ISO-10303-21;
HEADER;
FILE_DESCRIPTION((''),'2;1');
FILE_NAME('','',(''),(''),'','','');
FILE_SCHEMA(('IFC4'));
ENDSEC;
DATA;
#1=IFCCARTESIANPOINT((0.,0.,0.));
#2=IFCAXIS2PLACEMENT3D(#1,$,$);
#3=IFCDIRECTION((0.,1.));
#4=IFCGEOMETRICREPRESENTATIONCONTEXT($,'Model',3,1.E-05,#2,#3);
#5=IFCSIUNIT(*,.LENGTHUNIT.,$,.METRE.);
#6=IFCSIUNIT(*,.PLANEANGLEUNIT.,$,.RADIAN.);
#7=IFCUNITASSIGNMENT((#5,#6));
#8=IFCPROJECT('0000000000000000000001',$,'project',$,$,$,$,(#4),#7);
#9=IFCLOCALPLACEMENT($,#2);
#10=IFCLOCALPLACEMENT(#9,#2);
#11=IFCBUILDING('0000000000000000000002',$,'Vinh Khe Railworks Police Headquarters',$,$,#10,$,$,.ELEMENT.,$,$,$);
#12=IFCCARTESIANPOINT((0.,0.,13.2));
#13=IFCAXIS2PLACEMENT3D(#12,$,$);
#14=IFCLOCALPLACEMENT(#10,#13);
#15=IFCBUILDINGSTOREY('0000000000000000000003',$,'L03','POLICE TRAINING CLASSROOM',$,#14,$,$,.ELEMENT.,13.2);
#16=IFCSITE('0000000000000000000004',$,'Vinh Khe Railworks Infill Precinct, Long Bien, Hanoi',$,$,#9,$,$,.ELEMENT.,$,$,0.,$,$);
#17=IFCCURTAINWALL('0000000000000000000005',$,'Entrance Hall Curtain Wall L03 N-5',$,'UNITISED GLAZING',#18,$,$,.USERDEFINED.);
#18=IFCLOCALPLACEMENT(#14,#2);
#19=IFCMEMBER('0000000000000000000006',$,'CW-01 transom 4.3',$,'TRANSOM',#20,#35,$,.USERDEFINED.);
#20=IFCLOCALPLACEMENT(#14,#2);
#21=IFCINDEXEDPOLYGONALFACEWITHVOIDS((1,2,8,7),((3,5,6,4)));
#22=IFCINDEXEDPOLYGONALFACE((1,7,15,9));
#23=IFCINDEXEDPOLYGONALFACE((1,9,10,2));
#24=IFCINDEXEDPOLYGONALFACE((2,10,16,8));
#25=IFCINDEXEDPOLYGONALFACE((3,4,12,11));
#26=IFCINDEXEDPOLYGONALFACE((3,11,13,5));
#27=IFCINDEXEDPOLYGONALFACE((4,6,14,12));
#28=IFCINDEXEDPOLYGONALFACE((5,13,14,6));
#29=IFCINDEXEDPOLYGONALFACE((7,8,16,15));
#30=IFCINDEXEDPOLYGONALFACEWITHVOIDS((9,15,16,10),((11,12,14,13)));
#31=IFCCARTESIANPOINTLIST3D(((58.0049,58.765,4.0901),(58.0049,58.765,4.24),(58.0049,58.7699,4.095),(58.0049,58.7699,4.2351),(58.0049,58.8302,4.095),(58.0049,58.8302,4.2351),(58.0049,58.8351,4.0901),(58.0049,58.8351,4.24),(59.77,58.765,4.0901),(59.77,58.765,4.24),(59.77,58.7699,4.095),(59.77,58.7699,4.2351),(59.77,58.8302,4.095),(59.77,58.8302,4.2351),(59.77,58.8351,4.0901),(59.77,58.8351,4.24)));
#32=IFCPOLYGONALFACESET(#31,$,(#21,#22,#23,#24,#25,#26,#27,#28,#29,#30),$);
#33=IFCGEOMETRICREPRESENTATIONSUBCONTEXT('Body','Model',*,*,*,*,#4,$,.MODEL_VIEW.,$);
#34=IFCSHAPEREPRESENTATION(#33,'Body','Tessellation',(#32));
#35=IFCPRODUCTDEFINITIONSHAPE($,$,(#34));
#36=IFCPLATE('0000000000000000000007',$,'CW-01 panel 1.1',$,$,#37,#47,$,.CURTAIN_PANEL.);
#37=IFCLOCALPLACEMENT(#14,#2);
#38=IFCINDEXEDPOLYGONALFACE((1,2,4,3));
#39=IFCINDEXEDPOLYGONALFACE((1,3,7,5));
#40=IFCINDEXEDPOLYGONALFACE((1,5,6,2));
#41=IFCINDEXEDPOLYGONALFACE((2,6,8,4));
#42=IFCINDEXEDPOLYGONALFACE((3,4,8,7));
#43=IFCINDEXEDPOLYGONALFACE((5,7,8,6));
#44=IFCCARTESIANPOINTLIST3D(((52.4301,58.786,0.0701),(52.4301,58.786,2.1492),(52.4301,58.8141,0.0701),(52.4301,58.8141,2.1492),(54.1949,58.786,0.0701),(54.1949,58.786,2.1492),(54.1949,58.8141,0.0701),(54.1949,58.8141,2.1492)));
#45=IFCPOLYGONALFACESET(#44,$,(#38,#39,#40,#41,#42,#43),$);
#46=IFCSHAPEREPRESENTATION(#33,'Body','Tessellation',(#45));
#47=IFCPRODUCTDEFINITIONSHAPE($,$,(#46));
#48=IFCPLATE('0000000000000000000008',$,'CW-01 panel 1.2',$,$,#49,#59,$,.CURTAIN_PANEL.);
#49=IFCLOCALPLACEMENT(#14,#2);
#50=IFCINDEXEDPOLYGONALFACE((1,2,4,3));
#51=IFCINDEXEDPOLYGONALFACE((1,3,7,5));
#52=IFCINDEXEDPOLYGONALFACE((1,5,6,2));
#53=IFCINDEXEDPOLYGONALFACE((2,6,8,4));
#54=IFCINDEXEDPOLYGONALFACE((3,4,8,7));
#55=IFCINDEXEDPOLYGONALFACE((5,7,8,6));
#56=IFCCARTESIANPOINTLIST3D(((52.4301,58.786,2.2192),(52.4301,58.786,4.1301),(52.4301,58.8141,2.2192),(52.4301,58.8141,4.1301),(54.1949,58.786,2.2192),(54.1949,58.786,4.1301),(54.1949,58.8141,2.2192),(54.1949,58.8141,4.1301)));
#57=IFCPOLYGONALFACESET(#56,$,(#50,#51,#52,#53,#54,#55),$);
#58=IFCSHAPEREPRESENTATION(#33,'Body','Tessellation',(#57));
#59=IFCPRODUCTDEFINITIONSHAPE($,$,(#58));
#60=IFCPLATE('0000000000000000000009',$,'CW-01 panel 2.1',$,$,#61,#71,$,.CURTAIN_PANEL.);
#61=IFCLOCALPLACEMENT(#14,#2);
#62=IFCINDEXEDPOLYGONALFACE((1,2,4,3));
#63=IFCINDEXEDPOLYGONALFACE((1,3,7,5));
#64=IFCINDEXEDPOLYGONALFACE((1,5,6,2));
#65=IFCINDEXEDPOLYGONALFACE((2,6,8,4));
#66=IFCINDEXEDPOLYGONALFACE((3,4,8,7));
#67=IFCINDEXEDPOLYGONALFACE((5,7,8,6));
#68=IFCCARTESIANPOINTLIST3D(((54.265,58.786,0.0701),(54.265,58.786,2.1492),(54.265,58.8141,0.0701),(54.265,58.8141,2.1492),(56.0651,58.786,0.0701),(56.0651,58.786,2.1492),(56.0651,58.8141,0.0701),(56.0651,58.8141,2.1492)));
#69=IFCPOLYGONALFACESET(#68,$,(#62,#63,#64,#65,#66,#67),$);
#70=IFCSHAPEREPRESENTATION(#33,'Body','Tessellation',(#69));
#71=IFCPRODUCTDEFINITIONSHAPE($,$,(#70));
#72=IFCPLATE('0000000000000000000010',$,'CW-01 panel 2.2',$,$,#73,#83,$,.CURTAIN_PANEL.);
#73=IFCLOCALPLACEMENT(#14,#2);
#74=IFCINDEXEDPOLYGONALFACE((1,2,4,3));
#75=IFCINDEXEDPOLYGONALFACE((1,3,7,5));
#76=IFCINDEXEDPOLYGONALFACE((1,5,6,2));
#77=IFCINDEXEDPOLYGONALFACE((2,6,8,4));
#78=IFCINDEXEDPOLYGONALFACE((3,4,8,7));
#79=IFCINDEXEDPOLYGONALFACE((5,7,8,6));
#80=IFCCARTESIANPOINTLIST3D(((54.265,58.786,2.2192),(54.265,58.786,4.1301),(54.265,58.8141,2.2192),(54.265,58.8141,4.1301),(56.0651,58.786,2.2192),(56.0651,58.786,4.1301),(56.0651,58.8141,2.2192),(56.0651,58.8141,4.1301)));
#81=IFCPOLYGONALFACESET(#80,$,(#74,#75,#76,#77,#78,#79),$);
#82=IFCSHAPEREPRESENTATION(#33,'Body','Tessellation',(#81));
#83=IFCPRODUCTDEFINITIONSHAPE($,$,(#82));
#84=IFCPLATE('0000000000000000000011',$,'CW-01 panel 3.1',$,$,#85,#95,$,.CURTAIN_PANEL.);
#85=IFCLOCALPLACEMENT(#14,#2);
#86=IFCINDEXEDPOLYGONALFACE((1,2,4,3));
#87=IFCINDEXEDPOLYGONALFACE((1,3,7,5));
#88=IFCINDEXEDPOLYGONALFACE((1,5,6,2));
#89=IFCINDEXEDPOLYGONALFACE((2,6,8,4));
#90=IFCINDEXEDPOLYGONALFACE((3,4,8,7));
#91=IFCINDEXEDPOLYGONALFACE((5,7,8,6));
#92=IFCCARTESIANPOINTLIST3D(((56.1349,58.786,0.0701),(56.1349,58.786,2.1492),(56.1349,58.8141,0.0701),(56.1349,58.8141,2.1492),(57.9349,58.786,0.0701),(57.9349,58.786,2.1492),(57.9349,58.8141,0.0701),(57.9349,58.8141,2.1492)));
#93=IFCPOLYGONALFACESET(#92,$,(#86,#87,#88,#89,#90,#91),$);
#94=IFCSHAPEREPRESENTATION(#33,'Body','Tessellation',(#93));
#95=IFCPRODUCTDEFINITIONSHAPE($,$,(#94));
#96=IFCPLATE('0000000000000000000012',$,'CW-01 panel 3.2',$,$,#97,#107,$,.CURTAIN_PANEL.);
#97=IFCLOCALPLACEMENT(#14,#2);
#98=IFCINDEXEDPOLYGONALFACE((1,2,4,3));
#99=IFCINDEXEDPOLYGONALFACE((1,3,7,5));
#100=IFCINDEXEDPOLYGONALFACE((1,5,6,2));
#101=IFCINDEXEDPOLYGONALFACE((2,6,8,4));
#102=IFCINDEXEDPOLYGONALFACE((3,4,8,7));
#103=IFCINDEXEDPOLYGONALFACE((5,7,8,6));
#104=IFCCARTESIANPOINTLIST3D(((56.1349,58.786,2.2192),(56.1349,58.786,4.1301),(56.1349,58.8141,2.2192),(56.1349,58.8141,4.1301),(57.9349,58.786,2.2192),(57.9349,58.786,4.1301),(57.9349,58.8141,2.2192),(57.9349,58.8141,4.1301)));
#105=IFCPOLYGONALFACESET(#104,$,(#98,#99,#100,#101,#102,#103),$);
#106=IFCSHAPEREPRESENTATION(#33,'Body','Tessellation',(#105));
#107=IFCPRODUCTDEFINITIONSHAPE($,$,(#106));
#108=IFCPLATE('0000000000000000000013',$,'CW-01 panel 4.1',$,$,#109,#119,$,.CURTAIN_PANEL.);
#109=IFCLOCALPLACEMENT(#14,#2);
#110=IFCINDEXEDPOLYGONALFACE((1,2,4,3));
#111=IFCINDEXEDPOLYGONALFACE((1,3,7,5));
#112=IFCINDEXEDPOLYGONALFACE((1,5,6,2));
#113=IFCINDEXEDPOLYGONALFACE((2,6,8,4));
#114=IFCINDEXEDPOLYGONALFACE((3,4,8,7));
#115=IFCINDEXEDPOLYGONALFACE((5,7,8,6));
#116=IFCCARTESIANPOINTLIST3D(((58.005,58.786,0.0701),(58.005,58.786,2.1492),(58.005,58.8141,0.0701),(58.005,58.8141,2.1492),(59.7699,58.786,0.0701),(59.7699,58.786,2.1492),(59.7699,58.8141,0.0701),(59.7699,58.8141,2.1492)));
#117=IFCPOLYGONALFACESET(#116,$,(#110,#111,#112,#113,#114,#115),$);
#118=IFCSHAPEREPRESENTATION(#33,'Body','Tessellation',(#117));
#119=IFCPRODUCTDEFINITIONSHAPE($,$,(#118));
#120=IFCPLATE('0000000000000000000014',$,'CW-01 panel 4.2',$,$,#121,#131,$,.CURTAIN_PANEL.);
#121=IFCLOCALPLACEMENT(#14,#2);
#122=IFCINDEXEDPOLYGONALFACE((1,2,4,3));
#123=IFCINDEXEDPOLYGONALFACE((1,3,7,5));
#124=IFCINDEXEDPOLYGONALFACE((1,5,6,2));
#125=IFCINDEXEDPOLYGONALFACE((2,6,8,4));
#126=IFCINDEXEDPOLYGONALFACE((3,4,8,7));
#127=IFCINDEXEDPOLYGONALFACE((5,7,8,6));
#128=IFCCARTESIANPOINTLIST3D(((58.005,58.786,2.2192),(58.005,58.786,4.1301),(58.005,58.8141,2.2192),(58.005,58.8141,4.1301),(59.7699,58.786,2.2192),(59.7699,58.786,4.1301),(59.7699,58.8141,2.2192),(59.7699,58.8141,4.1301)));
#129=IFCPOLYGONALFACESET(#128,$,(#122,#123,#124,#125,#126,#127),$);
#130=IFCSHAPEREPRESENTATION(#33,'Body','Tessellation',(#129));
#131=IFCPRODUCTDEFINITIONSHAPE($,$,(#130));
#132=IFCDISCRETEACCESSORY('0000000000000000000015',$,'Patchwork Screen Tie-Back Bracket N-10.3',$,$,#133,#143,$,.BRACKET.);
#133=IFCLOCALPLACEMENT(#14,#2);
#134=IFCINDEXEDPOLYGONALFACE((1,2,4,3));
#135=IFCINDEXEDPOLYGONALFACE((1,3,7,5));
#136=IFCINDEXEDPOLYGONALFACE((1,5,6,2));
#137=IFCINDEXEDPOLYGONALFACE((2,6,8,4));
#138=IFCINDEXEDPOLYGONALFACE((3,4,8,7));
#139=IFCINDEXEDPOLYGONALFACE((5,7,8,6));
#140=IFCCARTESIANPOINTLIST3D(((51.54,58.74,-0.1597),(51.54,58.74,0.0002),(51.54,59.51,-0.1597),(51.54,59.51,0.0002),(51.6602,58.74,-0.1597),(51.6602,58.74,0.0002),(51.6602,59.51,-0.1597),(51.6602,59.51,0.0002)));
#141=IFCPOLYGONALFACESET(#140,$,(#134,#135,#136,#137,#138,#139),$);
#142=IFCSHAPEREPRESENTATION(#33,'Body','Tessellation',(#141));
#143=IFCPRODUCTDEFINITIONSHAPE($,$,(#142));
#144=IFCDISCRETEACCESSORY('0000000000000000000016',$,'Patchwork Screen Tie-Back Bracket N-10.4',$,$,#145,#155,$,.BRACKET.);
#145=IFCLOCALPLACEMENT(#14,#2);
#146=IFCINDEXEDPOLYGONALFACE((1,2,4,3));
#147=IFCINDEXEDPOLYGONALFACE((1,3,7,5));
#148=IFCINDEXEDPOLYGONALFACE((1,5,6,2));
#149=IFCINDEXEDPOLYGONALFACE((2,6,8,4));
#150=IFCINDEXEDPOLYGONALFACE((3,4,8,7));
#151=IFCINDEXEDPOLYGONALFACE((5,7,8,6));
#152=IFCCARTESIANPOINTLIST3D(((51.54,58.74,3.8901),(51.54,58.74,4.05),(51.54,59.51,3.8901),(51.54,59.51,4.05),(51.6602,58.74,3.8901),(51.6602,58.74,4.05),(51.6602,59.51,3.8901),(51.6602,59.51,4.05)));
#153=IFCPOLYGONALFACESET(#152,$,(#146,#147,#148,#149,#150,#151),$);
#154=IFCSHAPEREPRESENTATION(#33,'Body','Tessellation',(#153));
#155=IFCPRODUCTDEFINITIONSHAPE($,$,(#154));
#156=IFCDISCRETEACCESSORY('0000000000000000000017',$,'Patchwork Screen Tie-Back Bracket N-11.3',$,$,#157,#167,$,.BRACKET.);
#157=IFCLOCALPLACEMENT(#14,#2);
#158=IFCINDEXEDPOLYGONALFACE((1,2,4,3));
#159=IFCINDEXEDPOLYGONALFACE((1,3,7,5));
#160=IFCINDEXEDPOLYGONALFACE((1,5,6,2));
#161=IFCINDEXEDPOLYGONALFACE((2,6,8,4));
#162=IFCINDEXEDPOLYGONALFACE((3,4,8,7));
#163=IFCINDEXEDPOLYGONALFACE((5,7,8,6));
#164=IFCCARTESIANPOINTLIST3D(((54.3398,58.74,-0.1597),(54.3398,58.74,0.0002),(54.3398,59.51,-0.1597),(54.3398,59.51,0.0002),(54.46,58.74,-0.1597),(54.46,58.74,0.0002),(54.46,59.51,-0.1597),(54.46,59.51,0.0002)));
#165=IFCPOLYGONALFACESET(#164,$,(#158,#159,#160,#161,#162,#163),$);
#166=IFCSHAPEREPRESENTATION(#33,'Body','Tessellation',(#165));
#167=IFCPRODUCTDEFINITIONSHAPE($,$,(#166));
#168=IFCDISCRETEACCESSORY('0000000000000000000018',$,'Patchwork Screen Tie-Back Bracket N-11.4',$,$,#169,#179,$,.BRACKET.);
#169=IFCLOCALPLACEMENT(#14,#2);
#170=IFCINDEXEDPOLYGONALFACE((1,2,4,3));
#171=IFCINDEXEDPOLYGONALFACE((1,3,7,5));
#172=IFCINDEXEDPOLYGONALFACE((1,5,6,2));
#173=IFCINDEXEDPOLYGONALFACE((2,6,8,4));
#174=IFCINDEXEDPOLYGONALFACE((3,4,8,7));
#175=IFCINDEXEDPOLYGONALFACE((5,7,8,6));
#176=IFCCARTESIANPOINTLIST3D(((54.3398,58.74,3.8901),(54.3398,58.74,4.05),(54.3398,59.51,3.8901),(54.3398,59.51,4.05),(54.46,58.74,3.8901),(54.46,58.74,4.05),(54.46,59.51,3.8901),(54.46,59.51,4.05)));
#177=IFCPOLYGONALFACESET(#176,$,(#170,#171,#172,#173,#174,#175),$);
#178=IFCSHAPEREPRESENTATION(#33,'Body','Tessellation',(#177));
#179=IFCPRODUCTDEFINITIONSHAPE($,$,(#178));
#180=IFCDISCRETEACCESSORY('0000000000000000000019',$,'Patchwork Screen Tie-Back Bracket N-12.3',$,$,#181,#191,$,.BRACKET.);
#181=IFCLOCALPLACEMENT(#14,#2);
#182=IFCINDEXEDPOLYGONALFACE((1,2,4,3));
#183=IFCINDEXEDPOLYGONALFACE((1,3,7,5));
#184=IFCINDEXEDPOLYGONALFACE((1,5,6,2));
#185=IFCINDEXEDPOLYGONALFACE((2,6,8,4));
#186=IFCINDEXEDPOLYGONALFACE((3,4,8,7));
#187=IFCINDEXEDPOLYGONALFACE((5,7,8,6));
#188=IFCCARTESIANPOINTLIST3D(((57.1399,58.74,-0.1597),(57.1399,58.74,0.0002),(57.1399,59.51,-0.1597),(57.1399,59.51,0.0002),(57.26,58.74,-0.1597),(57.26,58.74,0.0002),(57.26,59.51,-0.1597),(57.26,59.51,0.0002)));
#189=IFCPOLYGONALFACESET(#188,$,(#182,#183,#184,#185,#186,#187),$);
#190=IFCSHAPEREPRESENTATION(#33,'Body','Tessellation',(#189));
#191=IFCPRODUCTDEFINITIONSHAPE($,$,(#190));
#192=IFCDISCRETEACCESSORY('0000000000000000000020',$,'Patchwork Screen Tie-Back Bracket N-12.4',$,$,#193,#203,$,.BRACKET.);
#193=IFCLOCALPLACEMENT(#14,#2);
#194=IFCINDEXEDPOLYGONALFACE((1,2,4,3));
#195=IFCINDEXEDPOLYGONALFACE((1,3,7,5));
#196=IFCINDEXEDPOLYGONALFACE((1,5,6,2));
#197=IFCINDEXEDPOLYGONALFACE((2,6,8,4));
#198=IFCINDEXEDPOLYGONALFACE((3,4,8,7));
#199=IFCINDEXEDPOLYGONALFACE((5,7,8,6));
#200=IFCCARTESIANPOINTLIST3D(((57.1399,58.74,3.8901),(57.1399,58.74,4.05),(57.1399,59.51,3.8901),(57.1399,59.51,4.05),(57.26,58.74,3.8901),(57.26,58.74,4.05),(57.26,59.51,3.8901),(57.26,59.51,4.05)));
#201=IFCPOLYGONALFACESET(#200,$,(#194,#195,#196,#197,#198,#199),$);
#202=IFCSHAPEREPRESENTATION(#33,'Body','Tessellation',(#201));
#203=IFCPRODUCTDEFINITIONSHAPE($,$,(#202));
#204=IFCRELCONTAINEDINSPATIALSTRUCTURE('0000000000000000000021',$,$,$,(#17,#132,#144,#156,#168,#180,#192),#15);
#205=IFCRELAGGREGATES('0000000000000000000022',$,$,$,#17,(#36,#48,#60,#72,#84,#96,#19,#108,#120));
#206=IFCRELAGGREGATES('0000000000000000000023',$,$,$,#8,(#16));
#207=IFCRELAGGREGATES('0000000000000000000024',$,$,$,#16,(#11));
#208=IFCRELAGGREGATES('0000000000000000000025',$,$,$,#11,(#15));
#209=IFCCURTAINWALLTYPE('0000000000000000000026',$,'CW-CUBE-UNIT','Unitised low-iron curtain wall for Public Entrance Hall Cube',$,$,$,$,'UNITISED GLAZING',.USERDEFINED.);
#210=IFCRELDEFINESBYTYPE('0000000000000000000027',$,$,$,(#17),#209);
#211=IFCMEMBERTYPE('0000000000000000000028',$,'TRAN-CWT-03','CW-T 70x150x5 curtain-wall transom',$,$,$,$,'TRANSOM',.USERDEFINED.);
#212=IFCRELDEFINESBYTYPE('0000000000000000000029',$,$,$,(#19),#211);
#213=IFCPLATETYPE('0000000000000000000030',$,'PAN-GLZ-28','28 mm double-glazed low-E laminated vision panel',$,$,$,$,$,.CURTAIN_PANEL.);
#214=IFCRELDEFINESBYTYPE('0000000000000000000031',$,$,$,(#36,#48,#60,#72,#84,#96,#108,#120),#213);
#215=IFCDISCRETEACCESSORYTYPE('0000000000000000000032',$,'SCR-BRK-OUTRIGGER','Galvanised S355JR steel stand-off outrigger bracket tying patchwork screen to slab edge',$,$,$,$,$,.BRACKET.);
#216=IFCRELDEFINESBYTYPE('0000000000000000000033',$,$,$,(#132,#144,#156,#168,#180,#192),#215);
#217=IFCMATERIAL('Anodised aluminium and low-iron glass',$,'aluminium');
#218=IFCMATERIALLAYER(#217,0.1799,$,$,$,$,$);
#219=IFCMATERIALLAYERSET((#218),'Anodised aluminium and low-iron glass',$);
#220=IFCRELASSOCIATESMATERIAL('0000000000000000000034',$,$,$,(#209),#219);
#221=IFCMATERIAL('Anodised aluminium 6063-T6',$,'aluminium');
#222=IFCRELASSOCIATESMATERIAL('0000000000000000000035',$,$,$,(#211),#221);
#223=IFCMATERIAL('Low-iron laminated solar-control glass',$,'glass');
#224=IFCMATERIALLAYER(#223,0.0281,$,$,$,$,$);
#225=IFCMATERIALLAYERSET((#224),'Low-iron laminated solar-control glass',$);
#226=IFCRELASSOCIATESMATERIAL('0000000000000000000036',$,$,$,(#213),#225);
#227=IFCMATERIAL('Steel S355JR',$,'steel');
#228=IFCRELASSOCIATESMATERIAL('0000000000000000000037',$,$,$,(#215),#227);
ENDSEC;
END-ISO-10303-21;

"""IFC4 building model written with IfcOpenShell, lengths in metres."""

from ifc_helpers import new_model, si_unit, direction, frame, origin, origin_2d, place, context, subcontext, project, spatial, rectangle, hollow_rectangle, extrude, material, layer, layer_set, material_profile, profile_set, type_object, element, aggregate, save


model = new_model("IFC4")

# Units and contexts
model_context = context("Model", 3, precision=1e-05, world=origin(), true_north=direction((0.0, 1.0)))
body_context = subcontext(model_context, "Body", "Model", "MODEL_VIEW")
ifc_project = project(units=[si_unit("LENGTHUNIT", "METRE"), si_unit("PLANEANGLEUNIT", "RADIAN")], contexts=[model_context])

# Site, building, storey
site_placement = place(None, origin())
site = spatial("IfcSite", under=ifc_project, at=site_placement, Name="Vinh Khe Railworks Infill Precinct, Long Bien, Hanoi", CompositionType="ELEMENT", RefElevation=0.0)
building_placement = place(site_placement, origin())
building = spatial("IfcBuilding", under=site, at=building_placement, Name="Vinh Khe Railworks Police Headquarters", CompositionType="ELEMENT")
storey_placement = place(building_placement, frame((0.0, 0.0, 13.2)))
storey = spatial("IfcBuildingStorey", under=building, at=storey_placement, Name="L03", Description="POLICE TRAINING CLASSROOM", CompositionType="ELEMENT", Elevation=13.2)

# Shared definitions
ifc_material_1 = material(Name="Steel S355JR", Category="steel")

# Curtain wall
ifc_material_2 = material(Name="Anodised aluminium and low-iron glass", Category="aluminium")
ifc_layer_1 = layer(ifc_material_2, 0.1799)
ifc_layer_set_1 = layer_set([ifc_layer_1], Name="Anodised aluminium and low-iron glass")
curtain_wall_type = type_object("IfcCurtainWallType", Name="CW-CUBE-UNIT", Description="Unitised low-iron curtain wall for Public Entrance Hall Cube", ElementType="UNITISED GLAZING", PredefinedType="USERDEFINED", material=ifc_layer_set_1)
curtain_wall_placement = place(storey_placement, origin())
curtain_wall = element("IfcCurtainWall", 1, at=curtain_wall_placement, inside=storey, type_object=curtain_wall_type, Name="Entrance Hall Curtain Wall L03 N-5", ObjectType="UNITISED GLAZING", PredefinedType="USERDEFINED")
ifc_material_3 = material(Name="Anodised aluminium 6063-T6", Category="aluminium")

# Member
ifc_material_profile_1 = material_profile(ifc_material_3, hollow_rectangle(XDim=0.0701, YDim=0.1499, WallThickness=0.0049, at=origin_2d()), Name="CW-T 70x150x5")
ifc_profile_set_1 = profile_set([ifc_material_profile_1], Name="Anodised aluminium 6063-T6")
member_type_1 = type_object("IfcMemberType", Name="TRAN-CWT-03", Description="CW-T 70x150x5 curtain-wall transom", ElementType="TRANSOM", PredefinedType="USERDEFINED", material=ifc_profile_set_1)
member_1_placement = place(storey_placement, frame((58.0049, 58.8, 4.165), z_axis=(1.0, 0.0, 0.0), x_axis=(0.0, 1.0, 0.0)))
member_1 = element("IfcMember", 2, at=member_1_placement, type_object=member_type_1, Name="CW-01 transom 4.3", ObjectType="TRANSOM", PredefinedType="USERDEFINED", context=body_context, shape_type="SweptSolid", body=[
    extrude(hollow_rectangle(XDim=0.0701, YDim=0.1499, WallThickness=0.0049, at=origin_2d()), origin(), (0.0, 0.0, 1.0), 1.7651),
])

# Plates
ifc_material_4 = material(Name="Low-iron laminated solar-control glass", Category="glass")
ifc_layer_2 = layer(ifc_material_4, 0.0281)
ifc_layer_set_2 = layer_set([ifc_layer_2], Name="Low-iron laminated solar-control glass")
plate_type = type_object("IfcPlateType", Name="PAN-GLZ-28", Description="28 mm double-glazed low-E laminated vision panel", PredefinedType="CURTAIN_PANEL", material=ifc_layer_set_2)
plate_1_placement = place(storey_placement, frame((53.3125, 58.8, 0.0701), z_axis=(0.0, 0.0, 1.0), x_axis=(1.0, 0.0, 0.0)))
plate_1 = element("IfcPlate", 3, at=plate_1_placement, type_object=plate_type, Name="CW-01 panel 1.1", PredefinedType="CURTAIN_PANEL", context=body_context, shape_type="SweptSolid", body=[
    extrude(rectangle(XDim=1.7649, YDim=0.0281, at=origin_2d()), origin(), (0.0, 0.0, 1.0), 2.0791),
])
plate_2_placement = place(storey_placement, frame((53.3125, 58.8, 2.2192), z_axis=(0.0, 0.0, 1.0), x_axis=(1.0, 0.0, 0.0)))
plate_2 = element("IfcPlate", 4, at=plate_2_placement, type_object=plate_type, Name="CW-01 panel 1.2", PredefinedType="CURTAIN_PANEL", context=body_context, shape_type="SweptSolid", body=[
    extrude(rectangle(XDim=1.7649, YDim=0.0281, at=origin_2d()), origin(), (0.0, 0.0, 1.0), 1.9109),
])
plate_3_placement = place(storey_placement, frame((55.165, 58.8, 0.0701), z_axis=(0.0, 0.0, 1.0), x_axis=(1.0, 0.0, 0.0)))
plate_3 = element("IfcPlate", 5, at=plate_3_placement, type_object=plate_type, Name="CW-01 panel 2.1", PredefinedType="CURTAIN_PANEL", context=body_context, shape_type="SweptSolid", body=[
    extrude(rectangle(XDim=1.8, YDim=0.0281, at=origin_2d()), origin(), (0.0, 0.0, 1.0), 2.0791),
])
plate_4_placement = place(storey_placement, frame((55.165, 58.8, 2.2192), z_axis=(0.0, 0.0, 1.0), x_axis=(1.0, 0.0, 0.0)))
plate_4 = element("IfcPlate", 6, at=plate_4_placement, type_object=plate_type, Name="CW-01 panel 2.2", PredefinedType="CURTAIN_PANEL", context=body_context, shape_type="SweptSolid", body=[
    extrude(rectangle(XDim=1.8, YDim=0.0281, at=origin_2d()), origin(), (0.0, 0.0, 1.0), 1.9109),
])
plate_5_placement = place(storey_placement, frame((57.0349, 58.8, 0.0701), z_axis=(0.0, 0.0, 1.0), x_axis=(1.0, 0.0, 0.0)))
plate_5 = element("IfcPlate", 7, at=plate_5_placement, type_object=plate_type, Name="CW-01 panel 3.1", PredefinedType="CURTAIN_PANEL", context=body_context, shape_type="SweptSolid", body=[
    extrude(rectangle(XDim=1.8, YDim=0.0281, at=origin_2d()), origin(), (0.0, 0.0, 1.0), 2.0791),
])
plate_6_placement = place(storey_placement, frame((57.0349, 58.8, 2.2192), z_axis=(0.0, 0.0, 1.0), x_axis=(1.0, 0.0, 0.0)))
plate_6 = element("IfcPlate", 8, at=plate_6_placement, type_object=plate_type, Name="CW-01 panel 3.2", PredefinedType="CURTAIN_PANEL", context=body_context, shape_type="SweptSolid", body=[
    extrude(rectangle(XDim=1.8, YDim=0.0281, at=origin_2d()), origin(), (0.0, 0.0, 1.0), 1.9109),
])
plate_7_placement = place(storey_placement, frame((58.8875, 58.8, 0.0701), z_axis=(0.0, 0.0, 1.0), x_axis=(1.0, 0.0, 0.0)))
plate_7 = element("IfcPlate", 9, at=plate_7_placement, type_object=plate_type, Name="CW-01 panel 4.1", PredefinedType="CURTAIN_PANEL", context=body_context, shape_type="SweptSolid", body=[
    extrude(rectangle(XDim=1.7649, YDim=0.0281, at=origin_2d()), origin(), (0.0, 0.0, 1.0), 2.0791),
])
plate_8_placement = place(storey_placement, frame((58.8875, 58.8, 2.2192), z_axis=(0.0, 0.0, 1.0), x_axis=(1.0, 0.0, 0.0)))
plate_8 = element("IfcPlate", 10, at=plate_8_placement, type_object=plate_type, Name="CW-01 panel 4.2", PredefinedType="CURTAIN_PANEL", context=body_context, shape_type="SweptSolid", body=[
    extrude(rectangle(XDim=1.7649, YDim=0.0281, at=origin_2d()), origin(), (0.0, 0.0, 1.0), 1.9109),
])
aggregate(curtain_wall, [plate_1, plate_2, plate_3, plate_4, plate_5, plate_6, member_1, plate_7, plate_8])

# Discrete accessories
discrete_accessory_type = type_object("IfcDiscreteAccessoryType", Name="SCR-BRK-OUTRIGGER", Description="Galvanised S355JR steel stand-off outrigger bracket tying patchwork screen to slab edge", PredefinedType="BRACKET", material=ifc_material_1)
for number, where, z_axis, x_axis, name in (
    (11, (51.6001, 59.125, -0.1597), (0.0, 0.0, 1.0), (1.0, 0.0, 0.0), "Patchwork Screen Tie-Back Bracket N-10.3"),
    (12, (51.6001, 59.125, 3.8901), (0.0, 0.0, 1.0), (1.0, 0.0, 0.0), "Patchwork Screen Tie-Back Bracket N-10.4"),
    (13, (54.3999, 59.125, -0.1597), (0.0, 0.0, 1.0), (1.0, 0.0, 0.0), "Patchwork Screen Tie-Back Bracket N-11.3"),
    (14, (54.3999, 59.125, 3.8901), (0.0, 0.0, 1.0), (1.0, 0.0, 0.0), "Patchwork Screen Tie-Back Bracket N-11.4"),
    (15, (57.2, 59.125, -0.1597), (0.0, 0.0, 1.0), (1.0, 0.0, 0.0), "Patchwork Screen Tie-Back Bracket N-12.3"),
    (16, (57.2, 59.125, 3.8901), (0.0, 0.0, 1.0), (1.0, 0.0, 0.0), "Patchwork Screen Tie-Back Bracket N-12.4"),
):
    element("IfcDiscreteAccessory", number, at=place(storey_placement, frame(where, z_axis=z_axis, x_axis=x_axis)), inside=storey, type_object=discrete_accessory_type, Name=name, PredefinedType="BRACKET", context=body_context, shape_type="SweptSolid", body=[
        extrude(rectangle(XDim=0.1201, YDim=0.77, at=origin_2d()), origin(), (0.0, 0.0, 1.0), 0.1599),
    ])

save(model, "model.ifc")
